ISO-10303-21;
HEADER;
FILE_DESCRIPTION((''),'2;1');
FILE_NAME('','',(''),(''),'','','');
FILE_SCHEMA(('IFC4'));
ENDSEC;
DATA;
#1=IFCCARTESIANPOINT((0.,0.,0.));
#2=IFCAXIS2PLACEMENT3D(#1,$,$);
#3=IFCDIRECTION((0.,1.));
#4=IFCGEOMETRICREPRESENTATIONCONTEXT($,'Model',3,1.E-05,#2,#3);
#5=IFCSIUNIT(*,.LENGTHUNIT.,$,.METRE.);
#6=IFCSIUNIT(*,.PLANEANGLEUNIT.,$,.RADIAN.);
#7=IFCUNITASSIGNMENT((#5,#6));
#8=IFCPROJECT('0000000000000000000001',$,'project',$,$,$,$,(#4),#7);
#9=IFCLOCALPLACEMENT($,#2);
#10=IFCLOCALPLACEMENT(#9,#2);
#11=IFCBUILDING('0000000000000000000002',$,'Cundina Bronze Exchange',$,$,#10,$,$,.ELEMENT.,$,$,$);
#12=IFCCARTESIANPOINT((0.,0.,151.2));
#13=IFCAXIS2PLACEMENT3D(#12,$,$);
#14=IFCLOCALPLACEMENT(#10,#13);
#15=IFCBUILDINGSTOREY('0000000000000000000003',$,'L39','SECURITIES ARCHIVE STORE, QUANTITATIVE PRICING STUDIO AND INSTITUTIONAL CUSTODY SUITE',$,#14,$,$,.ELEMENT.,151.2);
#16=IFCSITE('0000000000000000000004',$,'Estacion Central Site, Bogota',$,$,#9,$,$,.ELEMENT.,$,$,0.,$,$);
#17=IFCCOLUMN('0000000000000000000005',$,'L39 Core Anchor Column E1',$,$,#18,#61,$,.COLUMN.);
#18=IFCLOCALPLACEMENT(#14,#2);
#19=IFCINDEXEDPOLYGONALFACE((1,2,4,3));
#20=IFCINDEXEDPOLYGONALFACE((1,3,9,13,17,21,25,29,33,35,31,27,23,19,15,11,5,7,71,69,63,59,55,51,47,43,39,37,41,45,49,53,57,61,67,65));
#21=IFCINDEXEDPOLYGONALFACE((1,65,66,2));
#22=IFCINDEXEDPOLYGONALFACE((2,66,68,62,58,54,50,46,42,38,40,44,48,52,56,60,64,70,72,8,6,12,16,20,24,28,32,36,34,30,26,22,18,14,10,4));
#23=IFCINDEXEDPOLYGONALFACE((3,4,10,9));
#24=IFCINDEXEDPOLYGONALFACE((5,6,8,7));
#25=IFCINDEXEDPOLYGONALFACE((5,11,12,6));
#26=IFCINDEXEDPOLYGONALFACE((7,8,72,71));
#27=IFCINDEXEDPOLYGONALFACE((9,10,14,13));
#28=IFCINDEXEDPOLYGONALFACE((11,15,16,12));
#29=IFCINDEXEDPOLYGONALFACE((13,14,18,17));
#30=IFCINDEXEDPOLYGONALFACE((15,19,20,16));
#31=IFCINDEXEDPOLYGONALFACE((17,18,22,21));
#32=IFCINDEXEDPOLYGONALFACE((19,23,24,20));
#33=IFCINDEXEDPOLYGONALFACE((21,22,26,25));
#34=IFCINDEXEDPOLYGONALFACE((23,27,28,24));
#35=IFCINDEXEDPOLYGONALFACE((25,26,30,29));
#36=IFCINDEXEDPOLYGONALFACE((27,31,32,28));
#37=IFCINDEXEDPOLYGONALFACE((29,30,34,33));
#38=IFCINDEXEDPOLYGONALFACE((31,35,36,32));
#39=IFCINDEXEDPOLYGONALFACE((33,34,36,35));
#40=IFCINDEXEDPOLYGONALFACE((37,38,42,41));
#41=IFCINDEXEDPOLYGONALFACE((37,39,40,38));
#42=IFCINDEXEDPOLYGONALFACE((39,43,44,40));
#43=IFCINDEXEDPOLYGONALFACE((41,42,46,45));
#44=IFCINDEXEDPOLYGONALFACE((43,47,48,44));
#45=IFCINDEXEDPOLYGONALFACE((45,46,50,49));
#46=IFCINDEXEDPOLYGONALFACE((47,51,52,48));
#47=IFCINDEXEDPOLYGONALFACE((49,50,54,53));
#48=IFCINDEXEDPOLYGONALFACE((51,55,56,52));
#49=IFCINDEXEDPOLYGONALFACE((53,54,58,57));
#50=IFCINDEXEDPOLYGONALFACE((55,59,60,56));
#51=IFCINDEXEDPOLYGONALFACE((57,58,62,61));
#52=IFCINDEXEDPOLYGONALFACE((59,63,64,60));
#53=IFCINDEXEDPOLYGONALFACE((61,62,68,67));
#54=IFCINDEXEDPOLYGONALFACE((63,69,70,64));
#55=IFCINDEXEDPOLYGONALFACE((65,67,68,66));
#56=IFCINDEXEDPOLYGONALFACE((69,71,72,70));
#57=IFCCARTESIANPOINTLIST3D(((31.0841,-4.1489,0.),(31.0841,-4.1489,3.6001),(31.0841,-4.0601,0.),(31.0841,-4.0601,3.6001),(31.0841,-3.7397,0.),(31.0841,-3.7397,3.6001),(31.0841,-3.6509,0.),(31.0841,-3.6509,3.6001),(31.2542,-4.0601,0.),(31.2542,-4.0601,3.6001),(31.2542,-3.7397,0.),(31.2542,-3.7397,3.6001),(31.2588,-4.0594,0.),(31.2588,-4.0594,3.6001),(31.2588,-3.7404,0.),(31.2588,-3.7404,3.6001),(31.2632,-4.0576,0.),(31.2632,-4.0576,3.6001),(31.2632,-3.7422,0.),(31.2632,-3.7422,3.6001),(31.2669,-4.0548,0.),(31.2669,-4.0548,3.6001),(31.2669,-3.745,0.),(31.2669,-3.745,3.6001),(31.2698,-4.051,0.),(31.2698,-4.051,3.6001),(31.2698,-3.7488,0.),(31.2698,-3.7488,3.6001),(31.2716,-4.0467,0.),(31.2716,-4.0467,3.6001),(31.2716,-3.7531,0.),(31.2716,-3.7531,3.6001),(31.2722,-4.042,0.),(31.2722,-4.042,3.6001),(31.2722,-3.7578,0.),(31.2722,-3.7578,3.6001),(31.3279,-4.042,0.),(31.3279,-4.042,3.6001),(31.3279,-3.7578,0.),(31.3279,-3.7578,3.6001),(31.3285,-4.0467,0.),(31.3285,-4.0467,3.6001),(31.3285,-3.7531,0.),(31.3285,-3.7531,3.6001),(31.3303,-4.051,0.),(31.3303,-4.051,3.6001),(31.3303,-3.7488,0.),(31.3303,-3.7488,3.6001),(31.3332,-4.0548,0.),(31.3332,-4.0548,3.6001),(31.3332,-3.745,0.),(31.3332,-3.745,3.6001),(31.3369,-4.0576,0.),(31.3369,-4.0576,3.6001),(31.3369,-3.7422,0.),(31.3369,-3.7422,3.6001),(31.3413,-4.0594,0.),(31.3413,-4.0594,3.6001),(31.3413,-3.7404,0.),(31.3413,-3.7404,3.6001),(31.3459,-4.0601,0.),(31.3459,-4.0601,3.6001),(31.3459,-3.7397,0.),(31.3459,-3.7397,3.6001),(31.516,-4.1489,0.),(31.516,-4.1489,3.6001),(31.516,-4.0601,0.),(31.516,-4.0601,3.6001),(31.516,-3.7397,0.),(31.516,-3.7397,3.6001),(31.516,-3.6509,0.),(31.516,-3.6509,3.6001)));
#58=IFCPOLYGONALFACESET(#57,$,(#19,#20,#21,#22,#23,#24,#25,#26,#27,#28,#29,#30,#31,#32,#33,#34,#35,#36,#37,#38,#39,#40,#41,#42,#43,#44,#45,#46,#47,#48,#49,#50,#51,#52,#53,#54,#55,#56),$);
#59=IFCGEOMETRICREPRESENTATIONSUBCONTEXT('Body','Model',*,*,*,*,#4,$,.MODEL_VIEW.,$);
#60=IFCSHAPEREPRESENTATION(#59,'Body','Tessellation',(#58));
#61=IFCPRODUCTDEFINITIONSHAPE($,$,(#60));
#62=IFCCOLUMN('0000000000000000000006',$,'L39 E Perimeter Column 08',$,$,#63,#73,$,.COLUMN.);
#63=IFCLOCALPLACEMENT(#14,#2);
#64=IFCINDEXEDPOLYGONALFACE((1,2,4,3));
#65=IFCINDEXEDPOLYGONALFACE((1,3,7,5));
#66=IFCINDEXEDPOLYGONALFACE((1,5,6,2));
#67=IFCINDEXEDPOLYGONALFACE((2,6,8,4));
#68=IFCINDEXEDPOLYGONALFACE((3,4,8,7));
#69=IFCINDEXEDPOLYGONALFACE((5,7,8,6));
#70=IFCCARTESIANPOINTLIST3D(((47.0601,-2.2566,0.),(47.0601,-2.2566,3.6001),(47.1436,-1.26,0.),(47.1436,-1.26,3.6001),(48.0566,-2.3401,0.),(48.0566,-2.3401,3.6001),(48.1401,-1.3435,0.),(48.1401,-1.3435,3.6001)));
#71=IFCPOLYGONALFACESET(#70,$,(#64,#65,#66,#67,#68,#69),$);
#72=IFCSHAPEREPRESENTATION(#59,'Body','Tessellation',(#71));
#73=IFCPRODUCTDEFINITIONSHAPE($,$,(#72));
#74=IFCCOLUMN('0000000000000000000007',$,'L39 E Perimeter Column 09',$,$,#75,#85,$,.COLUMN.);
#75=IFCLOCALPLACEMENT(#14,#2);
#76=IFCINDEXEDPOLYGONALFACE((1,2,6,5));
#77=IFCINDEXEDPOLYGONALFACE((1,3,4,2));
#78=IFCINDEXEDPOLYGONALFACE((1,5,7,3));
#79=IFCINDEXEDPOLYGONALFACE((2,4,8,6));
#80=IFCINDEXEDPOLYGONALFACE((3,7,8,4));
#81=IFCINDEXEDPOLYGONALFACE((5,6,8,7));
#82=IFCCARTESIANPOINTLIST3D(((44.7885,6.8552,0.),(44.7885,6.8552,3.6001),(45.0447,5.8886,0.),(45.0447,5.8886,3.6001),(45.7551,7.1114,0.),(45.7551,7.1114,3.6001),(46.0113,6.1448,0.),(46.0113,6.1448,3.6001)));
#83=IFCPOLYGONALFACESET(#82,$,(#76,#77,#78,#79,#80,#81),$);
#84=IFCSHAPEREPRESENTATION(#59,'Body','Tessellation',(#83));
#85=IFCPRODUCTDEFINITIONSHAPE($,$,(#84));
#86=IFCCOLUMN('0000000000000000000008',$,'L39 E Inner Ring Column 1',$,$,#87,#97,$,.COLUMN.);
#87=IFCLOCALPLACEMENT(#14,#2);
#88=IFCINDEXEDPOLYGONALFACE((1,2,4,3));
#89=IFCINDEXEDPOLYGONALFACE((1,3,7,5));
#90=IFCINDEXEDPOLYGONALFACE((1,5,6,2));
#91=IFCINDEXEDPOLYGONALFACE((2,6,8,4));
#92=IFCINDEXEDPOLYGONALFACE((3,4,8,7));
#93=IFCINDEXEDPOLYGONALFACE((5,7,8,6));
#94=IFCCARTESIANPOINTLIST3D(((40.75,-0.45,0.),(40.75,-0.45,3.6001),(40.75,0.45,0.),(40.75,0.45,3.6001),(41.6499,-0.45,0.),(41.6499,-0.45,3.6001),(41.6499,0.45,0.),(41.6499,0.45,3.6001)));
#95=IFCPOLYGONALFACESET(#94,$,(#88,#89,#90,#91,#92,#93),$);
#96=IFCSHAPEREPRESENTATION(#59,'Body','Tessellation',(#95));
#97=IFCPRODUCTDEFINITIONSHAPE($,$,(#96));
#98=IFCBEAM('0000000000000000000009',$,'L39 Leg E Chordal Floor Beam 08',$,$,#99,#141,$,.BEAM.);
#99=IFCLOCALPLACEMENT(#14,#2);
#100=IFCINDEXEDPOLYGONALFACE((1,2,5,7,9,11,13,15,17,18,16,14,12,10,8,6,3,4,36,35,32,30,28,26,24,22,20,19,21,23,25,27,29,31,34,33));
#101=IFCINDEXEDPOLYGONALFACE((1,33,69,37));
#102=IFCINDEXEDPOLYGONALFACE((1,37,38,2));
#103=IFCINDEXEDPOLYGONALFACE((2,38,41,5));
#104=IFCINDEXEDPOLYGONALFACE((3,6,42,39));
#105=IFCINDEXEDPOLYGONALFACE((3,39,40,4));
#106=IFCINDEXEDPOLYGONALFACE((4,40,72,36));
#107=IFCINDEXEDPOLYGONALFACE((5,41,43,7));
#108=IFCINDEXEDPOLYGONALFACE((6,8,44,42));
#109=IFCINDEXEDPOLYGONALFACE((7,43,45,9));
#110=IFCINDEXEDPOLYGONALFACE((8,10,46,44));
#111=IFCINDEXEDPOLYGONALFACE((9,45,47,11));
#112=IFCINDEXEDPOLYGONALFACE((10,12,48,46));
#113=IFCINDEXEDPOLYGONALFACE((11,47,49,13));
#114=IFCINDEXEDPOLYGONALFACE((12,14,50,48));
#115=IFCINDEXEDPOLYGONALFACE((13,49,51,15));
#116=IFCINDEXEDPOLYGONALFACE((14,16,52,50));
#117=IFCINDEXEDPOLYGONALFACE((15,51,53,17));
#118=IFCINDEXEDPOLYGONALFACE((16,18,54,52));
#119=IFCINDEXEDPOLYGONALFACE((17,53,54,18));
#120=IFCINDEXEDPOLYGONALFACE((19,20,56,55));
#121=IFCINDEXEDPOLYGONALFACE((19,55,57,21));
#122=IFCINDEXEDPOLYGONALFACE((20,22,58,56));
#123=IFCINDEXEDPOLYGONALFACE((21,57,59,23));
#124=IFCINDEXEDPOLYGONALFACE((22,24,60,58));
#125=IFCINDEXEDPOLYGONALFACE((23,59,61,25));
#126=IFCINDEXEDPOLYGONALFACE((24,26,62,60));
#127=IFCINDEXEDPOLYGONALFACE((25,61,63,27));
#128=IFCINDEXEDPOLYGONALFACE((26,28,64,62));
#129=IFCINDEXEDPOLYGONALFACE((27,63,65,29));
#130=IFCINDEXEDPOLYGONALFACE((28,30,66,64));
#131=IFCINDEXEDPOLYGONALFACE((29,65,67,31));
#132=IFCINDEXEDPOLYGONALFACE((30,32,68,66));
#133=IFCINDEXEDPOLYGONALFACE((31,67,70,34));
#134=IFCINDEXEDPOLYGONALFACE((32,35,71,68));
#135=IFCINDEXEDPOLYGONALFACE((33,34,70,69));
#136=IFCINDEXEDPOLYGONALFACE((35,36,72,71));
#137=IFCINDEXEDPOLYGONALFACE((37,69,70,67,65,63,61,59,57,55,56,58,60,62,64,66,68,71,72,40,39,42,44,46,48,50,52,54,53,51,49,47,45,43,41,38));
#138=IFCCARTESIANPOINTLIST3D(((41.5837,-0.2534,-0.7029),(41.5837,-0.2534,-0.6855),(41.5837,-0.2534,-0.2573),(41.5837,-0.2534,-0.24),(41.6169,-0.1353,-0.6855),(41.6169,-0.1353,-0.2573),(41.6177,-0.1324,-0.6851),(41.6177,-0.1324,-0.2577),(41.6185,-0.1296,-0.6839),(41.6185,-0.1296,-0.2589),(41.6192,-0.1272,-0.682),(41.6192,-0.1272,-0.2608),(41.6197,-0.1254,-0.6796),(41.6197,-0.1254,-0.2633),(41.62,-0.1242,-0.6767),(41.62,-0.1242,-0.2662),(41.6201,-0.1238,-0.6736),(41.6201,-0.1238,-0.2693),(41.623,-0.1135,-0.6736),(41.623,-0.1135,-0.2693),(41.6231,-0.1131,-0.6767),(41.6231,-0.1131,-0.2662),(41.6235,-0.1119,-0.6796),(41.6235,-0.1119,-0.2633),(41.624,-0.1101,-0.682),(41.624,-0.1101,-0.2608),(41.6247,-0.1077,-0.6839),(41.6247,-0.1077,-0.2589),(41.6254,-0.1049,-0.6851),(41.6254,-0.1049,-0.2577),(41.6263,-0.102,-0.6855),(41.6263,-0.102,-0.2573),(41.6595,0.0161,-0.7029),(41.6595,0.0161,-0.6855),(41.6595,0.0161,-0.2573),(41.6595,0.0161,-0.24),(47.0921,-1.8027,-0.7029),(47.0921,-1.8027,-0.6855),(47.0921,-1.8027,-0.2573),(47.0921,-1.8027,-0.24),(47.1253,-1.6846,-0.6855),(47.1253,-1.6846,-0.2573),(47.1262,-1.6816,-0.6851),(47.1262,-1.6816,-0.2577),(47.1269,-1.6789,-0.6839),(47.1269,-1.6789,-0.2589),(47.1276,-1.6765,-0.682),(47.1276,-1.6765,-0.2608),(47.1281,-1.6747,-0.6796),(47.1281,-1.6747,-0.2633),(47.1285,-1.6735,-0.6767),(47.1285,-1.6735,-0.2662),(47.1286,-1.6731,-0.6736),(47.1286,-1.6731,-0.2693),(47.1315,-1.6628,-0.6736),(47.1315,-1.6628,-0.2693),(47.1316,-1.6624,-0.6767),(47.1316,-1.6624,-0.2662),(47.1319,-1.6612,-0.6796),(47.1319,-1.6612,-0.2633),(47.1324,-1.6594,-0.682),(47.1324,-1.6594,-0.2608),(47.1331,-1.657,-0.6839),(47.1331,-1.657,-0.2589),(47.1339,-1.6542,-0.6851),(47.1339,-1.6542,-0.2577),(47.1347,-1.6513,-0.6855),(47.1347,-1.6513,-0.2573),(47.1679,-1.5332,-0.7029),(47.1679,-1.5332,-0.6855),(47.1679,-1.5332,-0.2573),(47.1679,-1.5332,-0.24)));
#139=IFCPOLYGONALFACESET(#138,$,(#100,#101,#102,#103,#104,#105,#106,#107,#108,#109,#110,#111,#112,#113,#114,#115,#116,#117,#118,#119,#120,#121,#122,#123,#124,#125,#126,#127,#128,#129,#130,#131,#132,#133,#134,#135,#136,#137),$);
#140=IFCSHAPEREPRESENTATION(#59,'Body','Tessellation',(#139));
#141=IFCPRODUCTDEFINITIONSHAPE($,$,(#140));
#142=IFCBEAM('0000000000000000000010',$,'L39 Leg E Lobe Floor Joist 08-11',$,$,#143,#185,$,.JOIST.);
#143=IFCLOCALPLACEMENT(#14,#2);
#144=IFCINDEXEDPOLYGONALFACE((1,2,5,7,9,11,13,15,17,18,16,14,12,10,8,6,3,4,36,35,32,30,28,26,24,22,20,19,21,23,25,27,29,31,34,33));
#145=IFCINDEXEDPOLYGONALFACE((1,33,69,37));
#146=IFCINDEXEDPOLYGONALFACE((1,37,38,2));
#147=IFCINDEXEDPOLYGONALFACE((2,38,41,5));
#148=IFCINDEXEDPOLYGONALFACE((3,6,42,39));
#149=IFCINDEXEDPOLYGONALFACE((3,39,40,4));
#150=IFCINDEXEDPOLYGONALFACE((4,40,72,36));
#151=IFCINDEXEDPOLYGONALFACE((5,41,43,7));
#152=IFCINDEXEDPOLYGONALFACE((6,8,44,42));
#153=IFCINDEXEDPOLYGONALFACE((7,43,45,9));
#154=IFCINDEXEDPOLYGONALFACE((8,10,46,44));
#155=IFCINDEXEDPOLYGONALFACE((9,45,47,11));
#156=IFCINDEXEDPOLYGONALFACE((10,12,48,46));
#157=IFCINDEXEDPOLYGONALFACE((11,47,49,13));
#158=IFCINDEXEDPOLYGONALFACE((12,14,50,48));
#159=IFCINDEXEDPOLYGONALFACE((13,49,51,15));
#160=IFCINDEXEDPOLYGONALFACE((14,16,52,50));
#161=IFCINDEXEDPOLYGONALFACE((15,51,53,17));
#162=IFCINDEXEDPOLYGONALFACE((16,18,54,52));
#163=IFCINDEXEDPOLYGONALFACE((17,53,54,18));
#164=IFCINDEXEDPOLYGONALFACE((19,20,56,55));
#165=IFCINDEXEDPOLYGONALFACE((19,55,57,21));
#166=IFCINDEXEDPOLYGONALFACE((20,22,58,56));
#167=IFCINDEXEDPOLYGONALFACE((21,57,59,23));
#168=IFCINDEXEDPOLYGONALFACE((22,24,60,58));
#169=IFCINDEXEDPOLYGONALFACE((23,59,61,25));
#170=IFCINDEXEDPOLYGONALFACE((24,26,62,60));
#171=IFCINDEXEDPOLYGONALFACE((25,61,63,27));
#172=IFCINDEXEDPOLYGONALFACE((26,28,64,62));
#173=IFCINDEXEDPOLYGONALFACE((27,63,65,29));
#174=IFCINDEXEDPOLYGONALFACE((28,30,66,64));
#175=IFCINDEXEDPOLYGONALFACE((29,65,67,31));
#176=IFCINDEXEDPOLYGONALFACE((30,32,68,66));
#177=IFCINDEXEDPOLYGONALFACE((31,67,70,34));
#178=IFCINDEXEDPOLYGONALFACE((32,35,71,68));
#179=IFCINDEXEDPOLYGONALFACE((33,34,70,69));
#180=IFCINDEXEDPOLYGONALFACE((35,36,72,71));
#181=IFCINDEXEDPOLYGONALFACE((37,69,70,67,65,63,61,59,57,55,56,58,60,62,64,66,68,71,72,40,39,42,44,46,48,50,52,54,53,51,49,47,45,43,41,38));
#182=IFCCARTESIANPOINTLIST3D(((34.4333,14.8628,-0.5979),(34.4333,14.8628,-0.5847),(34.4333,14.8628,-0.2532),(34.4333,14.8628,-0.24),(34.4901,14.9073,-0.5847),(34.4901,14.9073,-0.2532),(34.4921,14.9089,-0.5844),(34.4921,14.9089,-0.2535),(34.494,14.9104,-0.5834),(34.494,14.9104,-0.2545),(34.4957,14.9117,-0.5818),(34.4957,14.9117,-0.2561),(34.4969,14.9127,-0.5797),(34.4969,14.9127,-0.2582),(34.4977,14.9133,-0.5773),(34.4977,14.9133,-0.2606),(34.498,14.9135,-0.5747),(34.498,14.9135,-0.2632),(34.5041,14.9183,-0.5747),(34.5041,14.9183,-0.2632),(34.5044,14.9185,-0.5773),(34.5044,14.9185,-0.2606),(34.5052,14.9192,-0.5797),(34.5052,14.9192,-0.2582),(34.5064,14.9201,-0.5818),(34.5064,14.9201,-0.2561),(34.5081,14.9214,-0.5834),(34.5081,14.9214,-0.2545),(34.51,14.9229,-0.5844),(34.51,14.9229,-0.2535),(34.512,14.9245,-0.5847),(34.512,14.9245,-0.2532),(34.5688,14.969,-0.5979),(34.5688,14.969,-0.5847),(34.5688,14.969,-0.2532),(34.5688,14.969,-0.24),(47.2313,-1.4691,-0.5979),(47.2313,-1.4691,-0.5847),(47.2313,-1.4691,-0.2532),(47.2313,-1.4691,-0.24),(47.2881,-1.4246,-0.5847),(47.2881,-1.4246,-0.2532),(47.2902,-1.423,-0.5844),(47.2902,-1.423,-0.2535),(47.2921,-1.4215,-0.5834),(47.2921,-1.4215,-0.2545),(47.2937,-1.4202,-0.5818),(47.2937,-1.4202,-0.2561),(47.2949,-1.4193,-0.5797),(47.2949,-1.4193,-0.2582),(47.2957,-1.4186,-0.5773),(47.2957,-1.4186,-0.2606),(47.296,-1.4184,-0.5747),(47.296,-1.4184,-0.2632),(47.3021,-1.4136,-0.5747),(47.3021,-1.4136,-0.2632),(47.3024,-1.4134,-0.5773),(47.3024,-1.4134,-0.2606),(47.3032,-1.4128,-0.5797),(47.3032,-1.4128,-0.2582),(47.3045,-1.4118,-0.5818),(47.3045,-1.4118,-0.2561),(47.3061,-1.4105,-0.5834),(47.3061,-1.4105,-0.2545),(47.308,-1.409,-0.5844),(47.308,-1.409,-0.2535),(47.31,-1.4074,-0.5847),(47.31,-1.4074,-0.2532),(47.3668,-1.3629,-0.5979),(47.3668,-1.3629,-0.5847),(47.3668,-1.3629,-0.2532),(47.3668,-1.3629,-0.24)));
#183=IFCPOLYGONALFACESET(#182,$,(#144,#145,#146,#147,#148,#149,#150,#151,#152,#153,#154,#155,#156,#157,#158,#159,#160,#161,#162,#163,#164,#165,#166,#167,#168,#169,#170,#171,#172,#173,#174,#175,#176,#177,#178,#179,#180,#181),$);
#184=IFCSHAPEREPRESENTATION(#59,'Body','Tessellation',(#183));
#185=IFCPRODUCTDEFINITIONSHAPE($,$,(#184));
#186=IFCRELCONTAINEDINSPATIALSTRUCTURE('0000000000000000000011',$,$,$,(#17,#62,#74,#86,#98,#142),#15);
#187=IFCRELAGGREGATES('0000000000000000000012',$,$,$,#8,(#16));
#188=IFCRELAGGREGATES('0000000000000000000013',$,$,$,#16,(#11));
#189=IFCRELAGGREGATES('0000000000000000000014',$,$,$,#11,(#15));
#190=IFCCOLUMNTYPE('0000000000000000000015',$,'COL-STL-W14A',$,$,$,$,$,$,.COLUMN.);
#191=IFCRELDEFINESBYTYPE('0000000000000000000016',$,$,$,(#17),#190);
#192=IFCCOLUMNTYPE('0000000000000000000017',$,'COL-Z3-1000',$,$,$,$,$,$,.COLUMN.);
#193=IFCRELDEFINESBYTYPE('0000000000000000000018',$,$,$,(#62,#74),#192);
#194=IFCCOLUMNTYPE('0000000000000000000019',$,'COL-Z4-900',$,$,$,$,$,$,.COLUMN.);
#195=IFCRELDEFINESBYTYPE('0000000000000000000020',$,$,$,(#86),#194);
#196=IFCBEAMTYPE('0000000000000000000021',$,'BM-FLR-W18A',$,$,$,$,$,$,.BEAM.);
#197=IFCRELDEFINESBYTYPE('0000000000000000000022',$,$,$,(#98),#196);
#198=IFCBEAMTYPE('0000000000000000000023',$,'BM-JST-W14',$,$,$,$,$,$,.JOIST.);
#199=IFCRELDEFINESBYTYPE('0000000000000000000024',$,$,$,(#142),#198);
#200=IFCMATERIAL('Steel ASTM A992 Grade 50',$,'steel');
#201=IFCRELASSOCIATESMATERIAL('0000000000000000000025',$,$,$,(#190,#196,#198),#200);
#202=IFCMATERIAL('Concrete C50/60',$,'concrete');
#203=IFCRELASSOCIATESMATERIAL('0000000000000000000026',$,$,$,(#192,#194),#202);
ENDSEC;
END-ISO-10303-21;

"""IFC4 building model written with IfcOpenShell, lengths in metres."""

from ifc_helpers import new_model, si_unit, direction, frame, origin, origin_2d, place, context, subcontext, project, spatial, rectangle, i_section, extrude, material, material_profile, profile_set, type_object, element, save


model = new_model("IFC4")

# Units and contexts
model_context = context("Model", 3, precision=1e-05, world=origin(), true_north=direction((0.0, 1.0)))
body_context = subcontext(model_context, "Body", "Model", "MODEL_VIEW")
ifc_project = project(units=[si_unit("LENGTHUNIT", "METRE"), si_unit("PLANEANGLEUNIT", "RADIAN")], contexts=[model_context])

# Site, building, storey
site_placement = place(None, origin())
site = spatial("IfcSite", under=ifc_project, at=site_placement, Name="Estacion Central Site, Bogota", CompositionType="ELEMENT", RefElevation=0.0)
building_placement = place(site_placement, origin())
building = spatial("IfcBuilding", under=site, at=building_placement, Name="Cundina Bronze Exchange", CompositionType="ELEMENT")
storey_placement = place(building_placement, frame((0.0, 0.0, 151.2)))
storey = spatial("IfcBuildingStorey", under=building, at=storey_placement, Name="L39", Description="SECURITIES ARCHIVE STORE, QUANTITATIVE PRICING STUDIO AND INSTITUTIONAL CUSTODY SUITE", CompositionType="ELEMENT", Elevation=151.2)

# Columns
ifc_material_1 = material(Name="Steel ASTM A992 Grade 50", Category="steel")
ifc_material_profile_1 = material_profile(ifc_material_1, i_section(OverallWidth=0.4319, OverallDepth=0.498, WebThickness=0.0557, FlangeThickness=0.0889, FilletRadius=0.0181, at=origin_2d()), Name="W14X500", Category="steel")
ifc_profile_set_1 = profile_set([ifc_material_profile_1], Name="Steel ASTM A992 Grade 50")
column_type_1 = type_object("IfcColumnType", Name="COL-STL-W14A", PredefinedType="COLUMN", material=ifc_profile_set_1)
column_1_placement = place(storey_placement, frame((31.3, -3.8999, 0.0), z_axis=(0.0, 0.0, 1.0), x_axis=(1.0, 0.0, 0.0)))
element("IfcColumn", 1, at=column_1_placement, inside=storey, type_object=column_type_1, Name="L39 Core Anchor Column E1", PredefinedType="COLUMN", context=body_context, shape_type="SweptSolid", body=[
    extrude(i_section(OverallWidth=0.4319, OverallDepth=0.498, WebThickness=0.0557, FlangeThickness=0.0889, FilletRadius=0.0181, at=origin_2d()), origin(), (0.0, 0.0, 1.0), 3.6001),
])
ifc_material_2 = material(Name="Concrete C50/60", Category="concrete")
ifc_material_profile_2 = material_profile(ifc_material_2, rectangle(XDim=1.0, YDim=1.0, at=origin_2d()), Name="RC1000X1000", Category="concrete")
ifc_profile_set_2 = profile_set([ifc_material_profile_2], Name="Concrete C50/60")
column_type_2 = type_object("IfcColumnType", Name="COL-Z3-1000", PredefinedType="COLUMN", material=ifc_profile_set_2)
for number, where, z_axis, x_axis, name in (
    (2, (47.6001, -1.8, 0.0), (0.0, 0.0, 1.0), (0.083504, 0.996507, 0.0), "L39 E Perimeter Column 08"),
    (3, (45.3999, 6.5, 0.0), (0.0, 0.0, 1.0), (-0.256289, 0.9666, 0.0), "L39 E Perimeter Column 09"),
):
    element("IfcColumn", number, at=place(storey_placement, frame(where, z_axis=z_axis, x_axis=x_axis)), inside=storey, type_object=column_type_2, Name=name, PredefinedType="COLUMN", context=body_context, shape_type="SweptSolid", body=[
        extrude(rectangle(XDim=1.0, YDim=1.0, at=origin_2d()), origin(), (0.0, 0.0, 1.0), 3.6001),
    ])
ifc_material_profile_3 = material_profile(ifc_material_2, rectangle(XDim=0.8999, YDim=0.8999, at=origin_2d()), Name="RC900X900", Category="concrete")
ifc_profile_set_3 = profile_set([ifc_material_profile_3], Name="Concrete C50/60")
column_type_3 = type_object("IfcColumnType", Name="COL-Z4-900", PredefinedType="COLUMN", material=ifc_profile_set_3)
column_2_placement = place(storey_placement, frame((41.2, 0.0, 0.0), z_axis=(0.0, 0.0, 1.0), x_axis=(1.0, 0.0, 0.0)))
element("IfcColumn", 4, at=column_2_placement, inside=storey, type_object=column_type_3, Name="L39 E Inner Ring Column 1", PredefinedType="COLUMN", context=body_context, shape_type="SweptSolid", body=[
    extrude(rectangle(XDim=0.8999, YDim=0.8999, at=origin_2d()), origin(), (0.0, 0.0, 1.0), 3.6001),
])

# Beams
ifc_material_profile_4 = material_profile(ifc_material_1, i_section(OverallWidth=0.28, OverallDepth=0.4629, WebThickness=0.0107, FlangeThickness=0.0173, FilletRadius=0.012, at=origin_2d()), Name="W18X76", Category="steel")
ifc_profile_set_4 = profile_set([ifc_material_profile_4], Name="Steel ASTM A992 Grade 50")
beam_type_1 = type_object("IfcBeamType", Name="BM-FLR-W18A", PredefinedType="BEAM", material=ifc_profile_set_4)
beam_1_placement = place(storey_placement, frame((41.6216, -0.1187, -0.4714), z_axis=(0.962649, -0.270752, 0.0), x_axis=(0.270752, 0.962649, 0.0)))
element("IfcBeam", 5, at=beam_1_placement, inside=storey, type_object=beam_type_1, Name="L39 Leg E Chordal Floor Beam 08", PredefinedType="BEAM", context=body_context, shape_type="SweptSolid", body=[
    extrude(i_section(OverallWidth=0.28, OverallDepth=0.4629, WebThickness=0.0107, FlangeThickness=0.0173, FilletRadius=0.012, at=origin_2d()), origin(), (0.0, 0.0, 1.0), 5.7222),
])
ifc_material_profile_5 = material_profile(ifc_material_1, i_section(OverallWidth=0.1721, OverallDepth=0.3579, WebThickness=0.0078, FlangeThickness=0.0132, FilletRadius=0.01, at=origin_2d()), Name="W14X38", Category="steel")
ifc_profile_set_5 = profile_set([ifc_material_profile_5], Name="Steel ASTM A992 Grade 50")
beam_type_2 = type_object("IfcBeamType", Name="BM-JST-W14", PredefinedType="JOIST", material=ifc_profile_set_5)
beam_2_placement = place(storey_placement, frame((47.2991, -1.416, -0.4189), z_axis=(-0.616801, 0.787119, 0.0), x_axis=(-0.787119, -0.616801, 0.0)))
element("IfcBeam", 6, at=beam_2_placement, inside=storey, type_object=beam_type_2, Name="L39 Leg E Lobe Floor Joist 08-11", PredefinedType="JOIST", context=body_context, shape_type="SweptSolid", body=[
    extrude(i_section(OverallWidth=0.1721, OverallDepth=0.3579, WebThickness=0.0078, FlangeThickness=0.0132, FilletRadius=0.01, at=origin_2d()), origin(), (0.0, 0.0, 1.0), 20.749),
])

save(model, "model.ifc")
